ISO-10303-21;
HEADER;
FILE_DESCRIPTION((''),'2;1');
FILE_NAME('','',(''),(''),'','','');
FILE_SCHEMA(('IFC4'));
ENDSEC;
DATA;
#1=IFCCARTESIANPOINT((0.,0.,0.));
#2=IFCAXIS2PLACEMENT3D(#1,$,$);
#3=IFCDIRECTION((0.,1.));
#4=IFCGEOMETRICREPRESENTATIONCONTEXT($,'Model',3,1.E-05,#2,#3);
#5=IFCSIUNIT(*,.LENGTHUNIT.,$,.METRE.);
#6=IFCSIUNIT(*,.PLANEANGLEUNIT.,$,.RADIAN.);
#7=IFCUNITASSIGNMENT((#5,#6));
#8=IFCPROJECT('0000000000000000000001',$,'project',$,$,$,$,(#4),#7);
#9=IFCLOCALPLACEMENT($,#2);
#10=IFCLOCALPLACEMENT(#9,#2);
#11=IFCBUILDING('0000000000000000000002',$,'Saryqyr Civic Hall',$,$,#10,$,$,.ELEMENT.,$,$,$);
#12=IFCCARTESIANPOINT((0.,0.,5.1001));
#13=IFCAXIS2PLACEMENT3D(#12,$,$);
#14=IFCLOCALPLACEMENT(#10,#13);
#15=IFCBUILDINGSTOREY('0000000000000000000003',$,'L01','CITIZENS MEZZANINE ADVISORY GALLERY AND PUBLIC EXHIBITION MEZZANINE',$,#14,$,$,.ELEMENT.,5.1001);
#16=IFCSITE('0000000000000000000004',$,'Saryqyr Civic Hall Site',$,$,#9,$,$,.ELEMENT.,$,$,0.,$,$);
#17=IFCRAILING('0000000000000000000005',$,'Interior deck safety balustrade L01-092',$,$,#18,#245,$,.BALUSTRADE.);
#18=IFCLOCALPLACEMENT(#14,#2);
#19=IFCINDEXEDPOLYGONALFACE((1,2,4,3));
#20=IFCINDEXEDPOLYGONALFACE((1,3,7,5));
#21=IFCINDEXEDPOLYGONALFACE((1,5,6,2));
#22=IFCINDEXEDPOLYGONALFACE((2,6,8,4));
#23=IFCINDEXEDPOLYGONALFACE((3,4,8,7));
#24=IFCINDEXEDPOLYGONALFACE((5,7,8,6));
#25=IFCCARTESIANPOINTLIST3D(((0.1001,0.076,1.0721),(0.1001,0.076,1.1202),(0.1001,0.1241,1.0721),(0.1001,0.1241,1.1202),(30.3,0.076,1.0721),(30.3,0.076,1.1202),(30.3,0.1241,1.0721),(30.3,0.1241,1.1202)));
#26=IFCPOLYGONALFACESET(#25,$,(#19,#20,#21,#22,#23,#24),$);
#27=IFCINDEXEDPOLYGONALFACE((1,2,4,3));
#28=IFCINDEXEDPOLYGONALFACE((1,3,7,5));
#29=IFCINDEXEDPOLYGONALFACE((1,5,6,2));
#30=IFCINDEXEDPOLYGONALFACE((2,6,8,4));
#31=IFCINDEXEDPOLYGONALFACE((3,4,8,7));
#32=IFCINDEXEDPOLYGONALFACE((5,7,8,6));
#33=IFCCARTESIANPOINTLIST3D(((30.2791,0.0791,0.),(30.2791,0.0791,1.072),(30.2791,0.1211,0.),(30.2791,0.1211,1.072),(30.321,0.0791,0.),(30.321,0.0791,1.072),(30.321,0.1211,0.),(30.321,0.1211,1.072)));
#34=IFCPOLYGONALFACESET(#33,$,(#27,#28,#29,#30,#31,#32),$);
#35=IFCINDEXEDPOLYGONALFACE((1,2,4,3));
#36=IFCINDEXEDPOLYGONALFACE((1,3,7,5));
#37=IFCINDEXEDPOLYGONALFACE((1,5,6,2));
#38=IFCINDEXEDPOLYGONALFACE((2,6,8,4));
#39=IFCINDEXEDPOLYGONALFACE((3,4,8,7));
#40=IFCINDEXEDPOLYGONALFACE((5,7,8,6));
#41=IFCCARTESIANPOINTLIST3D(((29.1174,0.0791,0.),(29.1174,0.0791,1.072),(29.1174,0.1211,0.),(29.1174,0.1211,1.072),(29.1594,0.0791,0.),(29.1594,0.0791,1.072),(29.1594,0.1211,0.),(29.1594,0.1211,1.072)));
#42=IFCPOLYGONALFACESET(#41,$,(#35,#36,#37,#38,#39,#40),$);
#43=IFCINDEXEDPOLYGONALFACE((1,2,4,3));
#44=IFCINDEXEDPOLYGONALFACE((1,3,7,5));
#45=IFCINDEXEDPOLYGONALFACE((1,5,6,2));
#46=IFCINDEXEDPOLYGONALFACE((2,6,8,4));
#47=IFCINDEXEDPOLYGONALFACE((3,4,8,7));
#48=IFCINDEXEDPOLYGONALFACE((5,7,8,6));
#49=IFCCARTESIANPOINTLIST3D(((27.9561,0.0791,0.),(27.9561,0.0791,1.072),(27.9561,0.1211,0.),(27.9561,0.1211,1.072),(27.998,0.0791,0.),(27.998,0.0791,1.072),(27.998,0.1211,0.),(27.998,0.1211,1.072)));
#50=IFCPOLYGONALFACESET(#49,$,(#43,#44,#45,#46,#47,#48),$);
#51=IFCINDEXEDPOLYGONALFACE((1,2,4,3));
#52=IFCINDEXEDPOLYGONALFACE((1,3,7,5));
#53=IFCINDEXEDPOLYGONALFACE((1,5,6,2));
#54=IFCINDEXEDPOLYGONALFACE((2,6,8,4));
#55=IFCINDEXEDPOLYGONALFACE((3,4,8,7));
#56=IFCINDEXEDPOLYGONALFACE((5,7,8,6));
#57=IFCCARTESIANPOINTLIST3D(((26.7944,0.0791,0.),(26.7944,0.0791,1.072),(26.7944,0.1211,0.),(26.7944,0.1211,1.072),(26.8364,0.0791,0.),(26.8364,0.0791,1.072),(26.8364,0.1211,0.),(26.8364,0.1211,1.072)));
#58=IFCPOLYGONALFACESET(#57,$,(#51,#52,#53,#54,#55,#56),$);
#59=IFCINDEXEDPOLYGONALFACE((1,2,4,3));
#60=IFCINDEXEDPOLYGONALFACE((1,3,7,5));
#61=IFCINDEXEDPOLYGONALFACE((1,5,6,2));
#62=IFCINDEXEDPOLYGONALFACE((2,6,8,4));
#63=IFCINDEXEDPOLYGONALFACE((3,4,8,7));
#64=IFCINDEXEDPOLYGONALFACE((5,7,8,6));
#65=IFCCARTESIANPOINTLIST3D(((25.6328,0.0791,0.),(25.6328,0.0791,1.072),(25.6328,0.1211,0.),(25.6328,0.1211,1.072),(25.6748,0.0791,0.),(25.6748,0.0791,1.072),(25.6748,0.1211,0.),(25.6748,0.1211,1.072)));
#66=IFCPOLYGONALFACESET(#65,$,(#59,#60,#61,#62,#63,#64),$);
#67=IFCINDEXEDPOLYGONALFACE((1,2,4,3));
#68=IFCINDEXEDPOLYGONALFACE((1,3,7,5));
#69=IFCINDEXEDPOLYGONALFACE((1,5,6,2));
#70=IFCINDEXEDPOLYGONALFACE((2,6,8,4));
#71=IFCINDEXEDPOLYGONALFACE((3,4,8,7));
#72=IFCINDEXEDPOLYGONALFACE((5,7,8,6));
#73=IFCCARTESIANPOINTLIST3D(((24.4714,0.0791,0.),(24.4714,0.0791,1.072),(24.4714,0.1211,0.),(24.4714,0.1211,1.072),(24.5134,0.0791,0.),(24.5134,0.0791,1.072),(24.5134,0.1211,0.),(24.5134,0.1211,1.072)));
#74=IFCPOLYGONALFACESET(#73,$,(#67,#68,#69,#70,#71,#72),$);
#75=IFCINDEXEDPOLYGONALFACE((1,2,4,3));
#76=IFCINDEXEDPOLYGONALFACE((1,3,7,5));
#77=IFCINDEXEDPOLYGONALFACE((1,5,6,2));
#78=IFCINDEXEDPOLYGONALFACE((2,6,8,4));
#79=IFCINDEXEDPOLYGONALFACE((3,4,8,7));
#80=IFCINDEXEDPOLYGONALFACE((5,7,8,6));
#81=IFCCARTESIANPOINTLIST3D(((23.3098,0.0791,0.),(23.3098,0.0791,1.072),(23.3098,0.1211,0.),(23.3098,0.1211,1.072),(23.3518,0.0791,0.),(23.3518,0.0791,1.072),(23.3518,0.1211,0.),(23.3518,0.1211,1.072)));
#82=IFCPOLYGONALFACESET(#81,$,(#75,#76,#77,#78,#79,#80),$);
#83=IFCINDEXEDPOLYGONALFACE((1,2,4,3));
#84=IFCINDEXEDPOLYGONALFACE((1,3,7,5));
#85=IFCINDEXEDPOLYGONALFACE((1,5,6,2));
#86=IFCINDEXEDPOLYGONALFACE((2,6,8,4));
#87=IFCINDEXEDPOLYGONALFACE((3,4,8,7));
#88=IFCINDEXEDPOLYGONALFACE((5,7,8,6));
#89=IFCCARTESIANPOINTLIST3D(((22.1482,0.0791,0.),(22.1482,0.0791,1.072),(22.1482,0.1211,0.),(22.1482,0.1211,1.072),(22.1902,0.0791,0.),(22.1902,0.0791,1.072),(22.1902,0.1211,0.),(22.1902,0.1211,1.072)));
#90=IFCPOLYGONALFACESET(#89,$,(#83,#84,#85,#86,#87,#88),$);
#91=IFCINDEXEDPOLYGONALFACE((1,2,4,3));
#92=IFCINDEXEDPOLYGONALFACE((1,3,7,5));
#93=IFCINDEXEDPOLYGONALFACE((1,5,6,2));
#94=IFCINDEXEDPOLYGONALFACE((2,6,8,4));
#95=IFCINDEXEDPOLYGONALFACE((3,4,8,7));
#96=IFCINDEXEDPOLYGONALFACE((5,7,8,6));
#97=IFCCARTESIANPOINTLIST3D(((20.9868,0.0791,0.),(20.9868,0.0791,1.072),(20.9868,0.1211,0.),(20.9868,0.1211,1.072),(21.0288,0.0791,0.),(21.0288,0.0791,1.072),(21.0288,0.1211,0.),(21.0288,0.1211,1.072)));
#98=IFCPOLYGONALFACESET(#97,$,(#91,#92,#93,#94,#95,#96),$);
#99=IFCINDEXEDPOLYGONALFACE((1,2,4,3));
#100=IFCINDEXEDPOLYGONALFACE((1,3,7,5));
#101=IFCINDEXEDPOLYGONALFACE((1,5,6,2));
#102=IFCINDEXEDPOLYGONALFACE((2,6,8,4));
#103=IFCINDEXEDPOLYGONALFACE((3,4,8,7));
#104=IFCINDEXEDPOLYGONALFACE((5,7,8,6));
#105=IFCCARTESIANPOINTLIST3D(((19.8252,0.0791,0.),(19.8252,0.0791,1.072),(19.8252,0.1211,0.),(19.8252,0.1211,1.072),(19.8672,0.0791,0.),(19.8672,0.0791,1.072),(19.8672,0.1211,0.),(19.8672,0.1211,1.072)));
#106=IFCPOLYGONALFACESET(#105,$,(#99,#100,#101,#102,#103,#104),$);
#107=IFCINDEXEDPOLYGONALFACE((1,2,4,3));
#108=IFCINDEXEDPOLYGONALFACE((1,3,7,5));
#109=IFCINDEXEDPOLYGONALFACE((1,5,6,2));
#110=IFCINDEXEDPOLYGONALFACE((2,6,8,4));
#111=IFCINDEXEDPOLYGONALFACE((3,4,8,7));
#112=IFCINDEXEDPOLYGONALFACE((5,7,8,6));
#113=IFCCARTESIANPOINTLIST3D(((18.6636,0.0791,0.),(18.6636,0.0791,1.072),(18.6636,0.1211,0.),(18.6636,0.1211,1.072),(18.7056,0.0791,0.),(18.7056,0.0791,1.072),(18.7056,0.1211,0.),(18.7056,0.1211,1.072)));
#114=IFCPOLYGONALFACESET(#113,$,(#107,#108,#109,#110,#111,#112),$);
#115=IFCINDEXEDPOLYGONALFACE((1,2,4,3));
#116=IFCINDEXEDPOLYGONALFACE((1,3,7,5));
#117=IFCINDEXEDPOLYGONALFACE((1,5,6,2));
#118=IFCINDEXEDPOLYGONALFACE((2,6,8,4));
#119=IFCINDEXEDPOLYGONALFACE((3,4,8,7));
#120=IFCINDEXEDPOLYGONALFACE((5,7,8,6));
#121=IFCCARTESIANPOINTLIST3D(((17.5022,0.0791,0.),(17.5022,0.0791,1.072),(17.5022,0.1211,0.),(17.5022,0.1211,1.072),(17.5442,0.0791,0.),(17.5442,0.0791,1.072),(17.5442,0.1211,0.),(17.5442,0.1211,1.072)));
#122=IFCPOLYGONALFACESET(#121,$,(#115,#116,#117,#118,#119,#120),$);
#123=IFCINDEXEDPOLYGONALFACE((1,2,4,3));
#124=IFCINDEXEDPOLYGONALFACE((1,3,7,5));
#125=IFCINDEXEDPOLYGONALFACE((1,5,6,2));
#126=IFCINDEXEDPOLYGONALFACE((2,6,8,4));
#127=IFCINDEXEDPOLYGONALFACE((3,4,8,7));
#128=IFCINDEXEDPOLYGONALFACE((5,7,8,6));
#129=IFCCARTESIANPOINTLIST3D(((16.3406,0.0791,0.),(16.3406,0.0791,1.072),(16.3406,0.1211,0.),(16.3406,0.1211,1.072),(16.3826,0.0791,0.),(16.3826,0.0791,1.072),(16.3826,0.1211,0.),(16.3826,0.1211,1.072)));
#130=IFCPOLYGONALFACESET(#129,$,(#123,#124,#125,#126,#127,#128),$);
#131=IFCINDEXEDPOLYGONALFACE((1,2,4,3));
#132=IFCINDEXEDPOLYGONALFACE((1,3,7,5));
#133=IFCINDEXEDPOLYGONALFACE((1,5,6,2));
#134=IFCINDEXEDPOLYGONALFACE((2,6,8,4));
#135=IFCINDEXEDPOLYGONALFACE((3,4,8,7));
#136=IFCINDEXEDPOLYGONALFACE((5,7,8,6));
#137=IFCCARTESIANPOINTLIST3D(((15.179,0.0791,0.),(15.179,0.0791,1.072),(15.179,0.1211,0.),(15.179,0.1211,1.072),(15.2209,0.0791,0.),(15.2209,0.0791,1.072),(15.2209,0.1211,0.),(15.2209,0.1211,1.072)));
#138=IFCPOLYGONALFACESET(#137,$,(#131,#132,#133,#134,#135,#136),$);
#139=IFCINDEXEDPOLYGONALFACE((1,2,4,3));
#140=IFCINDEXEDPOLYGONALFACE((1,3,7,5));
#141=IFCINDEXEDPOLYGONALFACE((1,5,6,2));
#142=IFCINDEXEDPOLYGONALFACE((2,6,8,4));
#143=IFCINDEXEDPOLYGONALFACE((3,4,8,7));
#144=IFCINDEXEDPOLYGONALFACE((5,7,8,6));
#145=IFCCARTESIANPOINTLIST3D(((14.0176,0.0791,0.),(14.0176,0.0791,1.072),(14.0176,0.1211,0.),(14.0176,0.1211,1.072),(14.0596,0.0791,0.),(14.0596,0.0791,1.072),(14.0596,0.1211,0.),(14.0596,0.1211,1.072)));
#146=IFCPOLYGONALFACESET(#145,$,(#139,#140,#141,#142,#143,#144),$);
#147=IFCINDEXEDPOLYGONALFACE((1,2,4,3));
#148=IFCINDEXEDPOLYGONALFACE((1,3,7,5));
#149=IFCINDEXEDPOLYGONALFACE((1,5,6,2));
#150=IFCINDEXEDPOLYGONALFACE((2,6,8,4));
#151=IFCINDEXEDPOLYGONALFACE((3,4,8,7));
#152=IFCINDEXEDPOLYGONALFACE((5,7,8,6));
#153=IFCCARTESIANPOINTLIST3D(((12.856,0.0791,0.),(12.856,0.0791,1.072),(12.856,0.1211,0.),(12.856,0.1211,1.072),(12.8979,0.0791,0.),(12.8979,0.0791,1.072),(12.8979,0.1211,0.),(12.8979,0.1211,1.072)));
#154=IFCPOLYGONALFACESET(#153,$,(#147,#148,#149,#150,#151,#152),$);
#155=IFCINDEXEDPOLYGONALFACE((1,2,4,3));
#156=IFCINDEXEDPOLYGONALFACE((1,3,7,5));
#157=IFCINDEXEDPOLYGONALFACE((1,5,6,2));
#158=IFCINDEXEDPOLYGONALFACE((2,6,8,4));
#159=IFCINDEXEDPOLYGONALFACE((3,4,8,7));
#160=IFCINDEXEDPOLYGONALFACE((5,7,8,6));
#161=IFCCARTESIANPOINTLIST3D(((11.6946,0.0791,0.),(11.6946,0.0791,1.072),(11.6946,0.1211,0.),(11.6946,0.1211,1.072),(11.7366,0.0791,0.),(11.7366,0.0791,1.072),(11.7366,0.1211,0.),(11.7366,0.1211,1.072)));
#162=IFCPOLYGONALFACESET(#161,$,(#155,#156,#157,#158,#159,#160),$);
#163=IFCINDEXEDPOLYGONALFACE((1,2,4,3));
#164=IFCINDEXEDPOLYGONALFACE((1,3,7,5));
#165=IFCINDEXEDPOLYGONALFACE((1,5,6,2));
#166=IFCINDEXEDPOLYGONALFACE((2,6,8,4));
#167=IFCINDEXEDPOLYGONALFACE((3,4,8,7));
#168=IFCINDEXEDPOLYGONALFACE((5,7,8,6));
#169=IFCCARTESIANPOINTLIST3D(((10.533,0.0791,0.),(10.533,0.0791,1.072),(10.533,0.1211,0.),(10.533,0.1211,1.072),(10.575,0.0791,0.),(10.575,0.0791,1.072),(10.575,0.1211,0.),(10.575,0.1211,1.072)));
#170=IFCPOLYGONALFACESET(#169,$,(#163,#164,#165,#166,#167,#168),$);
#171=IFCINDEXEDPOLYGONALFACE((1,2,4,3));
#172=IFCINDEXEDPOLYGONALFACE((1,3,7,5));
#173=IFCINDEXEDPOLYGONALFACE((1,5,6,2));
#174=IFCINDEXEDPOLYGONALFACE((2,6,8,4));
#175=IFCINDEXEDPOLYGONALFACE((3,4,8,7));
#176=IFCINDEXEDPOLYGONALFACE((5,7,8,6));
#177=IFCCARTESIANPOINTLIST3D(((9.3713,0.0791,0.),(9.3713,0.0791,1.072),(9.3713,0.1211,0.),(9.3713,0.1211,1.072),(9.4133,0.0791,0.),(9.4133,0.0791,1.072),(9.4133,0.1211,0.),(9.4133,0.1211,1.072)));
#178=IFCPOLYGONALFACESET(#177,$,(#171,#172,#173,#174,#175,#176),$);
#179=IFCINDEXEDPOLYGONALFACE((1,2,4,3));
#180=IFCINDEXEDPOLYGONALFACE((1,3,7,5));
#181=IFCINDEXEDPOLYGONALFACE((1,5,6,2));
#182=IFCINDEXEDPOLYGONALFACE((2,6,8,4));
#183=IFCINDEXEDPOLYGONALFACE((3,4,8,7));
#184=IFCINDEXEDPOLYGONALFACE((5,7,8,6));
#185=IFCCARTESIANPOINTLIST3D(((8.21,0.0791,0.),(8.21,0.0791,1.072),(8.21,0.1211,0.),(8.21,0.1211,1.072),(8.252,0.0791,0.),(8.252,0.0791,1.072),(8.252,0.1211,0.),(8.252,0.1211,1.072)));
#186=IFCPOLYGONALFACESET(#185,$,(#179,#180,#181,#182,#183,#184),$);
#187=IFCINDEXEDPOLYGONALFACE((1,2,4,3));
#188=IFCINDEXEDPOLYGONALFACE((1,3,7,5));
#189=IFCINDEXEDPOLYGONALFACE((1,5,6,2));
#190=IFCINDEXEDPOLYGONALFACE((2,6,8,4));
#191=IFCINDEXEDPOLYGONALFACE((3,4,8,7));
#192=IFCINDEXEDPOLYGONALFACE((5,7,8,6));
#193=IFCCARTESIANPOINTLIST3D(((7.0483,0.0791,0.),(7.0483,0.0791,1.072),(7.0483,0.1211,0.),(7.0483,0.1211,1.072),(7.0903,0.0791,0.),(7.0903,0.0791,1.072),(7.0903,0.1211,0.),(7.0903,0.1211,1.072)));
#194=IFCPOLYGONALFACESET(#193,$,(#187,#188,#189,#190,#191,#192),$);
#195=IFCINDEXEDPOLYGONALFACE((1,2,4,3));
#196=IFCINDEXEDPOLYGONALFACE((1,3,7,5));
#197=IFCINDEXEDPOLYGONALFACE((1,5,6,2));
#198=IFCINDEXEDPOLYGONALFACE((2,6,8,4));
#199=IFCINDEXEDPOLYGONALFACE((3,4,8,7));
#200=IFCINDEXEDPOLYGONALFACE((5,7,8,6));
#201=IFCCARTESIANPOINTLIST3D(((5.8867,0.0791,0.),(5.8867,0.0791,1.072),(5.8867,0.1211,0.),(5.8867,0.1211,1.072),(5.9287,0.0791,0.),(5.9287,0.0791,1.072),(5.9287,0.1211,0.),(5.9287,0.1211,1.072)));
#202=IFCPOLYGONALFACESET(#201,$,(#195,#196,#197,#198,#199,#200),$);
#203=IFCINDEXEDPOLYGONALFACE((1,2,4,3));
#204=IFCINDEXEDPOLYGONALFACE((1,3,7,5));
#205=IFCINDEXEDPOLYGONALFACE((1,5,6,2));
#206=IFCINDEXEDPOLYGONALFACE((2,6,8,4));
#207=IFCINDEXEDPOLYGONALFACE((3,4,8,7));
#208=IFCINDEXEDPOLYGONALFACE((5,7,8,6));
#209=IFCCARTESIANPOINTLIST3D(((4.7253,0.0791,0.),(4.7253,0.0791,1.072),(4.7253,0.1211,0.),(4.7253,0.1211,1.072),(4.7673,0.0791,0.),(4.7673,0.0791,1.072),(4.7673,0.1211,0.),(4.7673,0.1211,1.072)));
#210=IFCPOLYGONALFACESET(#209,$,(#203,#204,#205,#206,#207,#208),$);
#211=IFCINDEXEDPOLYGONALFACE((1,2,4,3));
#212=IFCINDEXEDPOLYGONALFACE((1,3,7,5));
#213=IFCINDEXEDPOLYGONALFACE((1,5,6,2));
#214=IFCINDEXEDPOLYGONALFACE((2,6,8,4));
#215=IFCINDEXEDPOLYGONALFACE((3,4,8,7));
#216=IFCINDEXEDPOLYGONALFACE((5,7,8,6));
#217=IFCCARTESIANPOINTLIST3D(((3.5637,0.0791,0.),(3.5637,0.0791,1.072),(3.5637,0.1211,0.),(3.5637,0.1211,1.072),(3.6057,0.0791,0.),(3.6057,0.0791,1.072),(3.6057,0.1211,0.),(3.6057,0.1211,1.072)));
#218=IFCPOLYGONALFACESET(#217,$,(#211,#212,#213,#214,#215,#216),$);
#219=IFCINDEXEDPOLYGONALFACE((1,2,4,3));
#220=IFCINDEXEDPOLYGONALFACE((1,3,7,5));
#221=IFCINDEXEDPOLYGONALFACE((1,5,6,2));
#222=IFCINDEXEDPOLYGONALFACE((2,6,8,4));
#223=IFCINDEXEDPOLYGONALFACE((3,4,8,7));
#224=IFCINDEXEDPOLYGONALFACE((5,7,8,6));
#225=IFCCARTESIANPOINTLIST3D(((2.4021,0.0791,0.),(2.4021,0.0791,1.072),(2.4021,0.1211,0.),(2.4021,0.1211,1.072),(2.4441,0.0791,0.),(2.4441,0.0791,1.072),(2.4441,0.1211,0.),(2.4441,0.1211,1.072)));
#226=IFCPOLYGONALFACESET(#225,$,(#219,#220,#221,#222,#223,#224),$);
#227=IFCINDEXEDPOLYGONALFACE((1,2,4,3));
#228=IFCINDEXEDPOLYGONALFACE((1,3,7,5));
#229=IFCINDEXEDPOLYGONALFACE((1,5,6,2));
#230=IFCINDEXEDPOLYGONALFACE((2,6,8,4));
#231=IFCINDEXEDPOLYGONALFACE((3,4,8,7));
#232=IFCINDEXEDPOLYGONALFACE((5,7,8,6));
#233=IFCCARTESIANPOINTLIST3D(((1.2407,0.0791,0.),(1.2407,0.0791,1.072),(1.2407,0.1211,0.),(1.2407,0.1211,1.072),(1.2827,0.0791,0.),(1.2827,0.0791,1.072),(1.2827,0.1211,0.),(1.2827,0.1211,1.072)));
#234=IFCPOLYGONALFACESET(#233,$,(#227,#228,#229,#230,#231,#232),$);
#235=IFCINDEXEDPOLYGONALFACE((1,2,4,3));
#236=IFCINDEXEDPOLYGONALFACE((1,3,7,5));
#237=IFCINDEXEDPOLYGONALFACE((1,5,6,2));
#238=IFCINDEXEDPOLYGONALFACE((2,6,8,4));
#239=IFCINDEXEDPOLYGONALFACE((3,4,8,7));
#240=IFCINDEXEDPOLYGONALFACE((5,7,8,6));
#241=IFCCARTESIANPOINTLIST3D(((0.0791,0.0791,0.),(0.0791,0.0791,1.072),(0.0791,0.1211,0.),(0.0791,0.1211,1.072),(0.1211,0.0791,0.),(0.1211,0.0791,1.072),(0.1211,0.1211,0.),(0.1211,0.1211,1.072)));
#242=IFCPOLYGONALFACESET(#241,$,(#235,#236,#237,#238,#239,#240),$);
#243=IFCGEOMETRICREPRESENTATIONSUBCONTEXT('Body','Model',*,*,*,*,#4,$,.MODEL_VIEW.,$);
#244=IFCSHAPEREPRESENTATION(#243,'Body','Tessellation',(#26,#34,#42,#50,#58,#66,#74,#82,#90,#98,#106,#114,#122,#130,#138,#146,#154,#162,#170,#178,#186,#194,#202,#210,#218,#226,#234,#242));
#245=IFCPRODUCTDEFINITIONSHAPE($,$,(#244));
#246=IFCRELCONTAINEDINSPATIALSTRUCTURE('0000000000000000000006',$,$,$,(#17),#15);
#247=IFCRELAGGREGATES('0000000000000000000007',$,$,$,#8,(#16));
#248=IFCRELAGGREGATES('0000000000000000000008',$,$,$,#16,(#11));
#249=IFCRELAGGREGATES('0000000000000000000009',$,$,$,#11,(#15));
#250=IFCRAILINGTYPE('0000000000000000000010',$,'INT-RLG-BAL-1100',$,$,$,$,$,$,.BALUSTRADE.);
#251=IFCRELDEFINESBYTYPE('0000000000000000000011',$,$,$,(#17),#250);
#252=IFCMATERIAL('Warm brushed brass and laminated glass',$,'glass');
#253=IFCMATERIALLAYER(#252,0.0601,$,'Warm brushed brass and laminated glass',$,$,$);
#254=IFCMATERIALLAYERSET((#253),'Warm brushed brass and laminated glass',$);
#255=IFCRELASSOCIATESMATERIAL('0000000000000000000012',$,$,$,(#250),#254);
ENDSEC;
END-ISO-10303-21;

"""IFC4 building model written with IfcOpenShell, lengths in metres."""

from ifc_helpers import new_model, si_unit, direction, frame, origin, origin_2d, place, context, subcontext, project, spatial, rectangle, extrude, material, layer, layer_set, type_object, element, save


model = new_model("IFC4")

# Units and contexts
model_context = context("Model", 3, precision=1e-05, world=origin(), true_north=direction((0.0, 1.0)))
body_context = subcontext(model_context, "Body", "Model", "MODEL_VIEW")
ifc_project = project(units=[si_unit("LENGTHUNIT", "METRE"), si_unit("PLANEANGLEUNIT", "RADIAN")], contexts=[model_context])

# Site, building, storey
site_placement = place(None, origin())
site = spatial("IfcSite", under=ifc_project, at=site_placement, Name="Saryqyr Civic Hall Site", CompositionType="ELEMENT", RefElevation=0.0)
building_placement = place(site_placement, origin())
building = spatial("IfcBuilding", under=site, at=building_placement, Name="Saryqyr Civic Hall", CompositionType="ELEMENT")
storey_placement = place(building_placement, frame((0.0, 0.0, 5.1001)))
storey = spatial("IfcBuildingStorey", under=building, at=storey_placement, Name="L01", Description="CITIZENS MEZZANINE ADVISORY GALLERY AND PUBLIC EXHIBITION MEZZANINE", CompositionType="ELEMENT", Elevation=5.1001)

# Railing
ifc_material_1 = material(Name="Warm brushed brass and laminated glass", Category="glass")
ifc_layer_1 = layer(ifc_material_1, 0.0601, Name="Warm brushed brass and laminated glass")
ifc_layer_set_1 = layer_set([ifc_layer_1], Name="Warm brushed brass and laminated glass")
railing_type = type_object("IfcRailingType", Name="INT-RLG-BAL-1100", PredefinedType="BALUSTRADE", material=ifc_layer_set_1)
railing_1_placement = place(storey_placement, frame((30.3, 0.1001, 0.0)))
element("IfcRailing", 1, at=railing_1_placement, inside=storey, type_object=railing_type, Name="Interior deck safety balustrade L01-092", PredefinedType="BALUSTRADE", context=body_context, shape_type="SweptSolid", body=[
    extrude(rectangle(XDim=0.0481, YDim=0.0481, at=origin_2d()), frame((0.0, 0.0, 1.0962), z_axis=(-1.0, 0.0, 0.0), x_axis=(0.0, -1.0, 0.0)), (0.0, 0.0, 1.0), 30.2),
    extrude(rectangle(XDim=0.042, YDim=0.042, at=origin_2d()), origin(), (0.0, 0.0, 1.0), 1.072),
    extrude(rectangle(XDim=0.042, YDim=0.042, at=origin_2d()), frame((-1.1616, 0.0, 0.0)), (0.0, 0.0, 1.0), 1.072),
    extrude(rectangle(XDim=0.042, YDim=0.042, at=origin_2d()), frame((-2.323, 0.0, 0.0)), (0.0, 0.0, 1.0), 1.072),
    extrude(rectangle(XDim=0.042, YDim=0.042, at=origin_2d()), frame((-3.4846, 0.0, 0.0)), (0.0, 0.0, 1.0), 1.072),
    extrude(rectangle(XDim=0.042, YDim=0.042, at=origin_2d()), frame((-4.6462, 0.0, 0.0)), (0.0, 0.0, 1.0), 1.072),
    extrude(rectangle(XDim=0.042, YDim=0.042, at=origin_2d()), frame((-5.8076, 0.0, 0.0)), (0.0, 0.0, 1.0), 1.072),
    extrude(rectangle(XDim=0.042, YDim=0.042, at=origin_2d()), frame((-6.9692, 0.0, 0.0)), (0.0, 0.0, 1.0), 1.072),
    extrude(rectangle(XDim=0.042, YDim=0.042, at=origin_2d()), frame((-8.1309, 0.0, 0.0)), (0.0, 0.0, 1.0), 1.072),
    extrude(rectangle(XDim=0.042, YDim=0.042, at=origin_2d()), frame((-9.2922, 0.0, 0.0)), (0.0, 0.0, 1.0), 1.072),
    extrude(rectangle(XDim=0.042, YDim=0.042, at=origin_2d()), frame((-10.4539, 0.0, 0.0)), (0.0, 0.0, 1.0), 1.072),
    extrude(rectangle(XDim=0.042, YDim=0.042, at=origin_2d()), frame((-11.6155, 0.0, 0.0)), (0.0, 0.0, 1.0), 1.072),
    extrude(rectangle(XDim=0.042, YDim=0.042, at=origin_2d()), frame((-12.7769, 0.0, 0.0)), (0.0, 0.0, 1.0), 1.072),
    extrude(rectangle(XDim=0.042, YDim=0.042, at=origin_2d()), frame((-13.9385, 0.0, 0.0)), (0.0, 0.0, 1.0), 1.072),
    extrude(rectangle(XDim=0.042, YDim=0.042, at=origin_2d()), frame((-15.1001, 0.0, 0.0)), (0.0, 0.0, 1.0), 1.072),
    extrude(rectangle(XDim=0.042, YDim=0.042, at=origin_2d()), frame((-16.2615, 0.0, 0.0)), (0.0, 0.0, 1.0), 1.072),
    extrude(rectangle(XDim=0.042, YDim=0.042, at=origin_2d()), frame((-17.4231, 0.0, 0.0)), (0.0, 0.0, 1.0), 1.072),
    extrude(rectangle(XDim=0.042, YDim=0.042, at=origin_2d()), frame((-18.5845, 0.0, 0.0)), (0.0, 0.0, 1.0), 1.072),
    extrude(rectangle(XDim=0.042, YDim=0.042, at=origin_2d()), frame((-19.7461, 0.0, 0.0)), (0.0, 0.0, 1.0), 1.072),
    extrude(rectangle(XDim=0.042, YDim=0.042, at=origin_2d()), frame((-20.9077, 0.0, 0.0)), (0.0, 0.0, 1.0), 1.072),
    extrude(rectangle(XDim=0.042, YDim=0.042, at=origin_2d()), frame((-22.0691, 0.0, 0.0)), (0.0, 0.0, 1.0), 1.072),
    extrude(rectangle(XDim=0.042, YDim=0.042, at=origin_2d()), frame((-23.2307, 0.0, 0.0)), (0.0, 0.0, 1.0), 1.072),
    extrude(rectangle(XDim=0.042, YDim=0.042, at=origin_2d()), frame((-24.3923, 0.0, 0.0)), (0.0, 0.0, 1.0), 1.072),
    extrude(rectangle(XDim=0.042, YDim=0.042, at=origin_2d()), frame((-25.5537, 0.0, 0.0)), (0.0, 0.0, 1.0), 1.072),
    extrude(rectangle(XDim=0.042, YDim=0.042, at=origin_2d()), frame((-26.7153, 0.0, 0.0)), (0.0, 0.0, 1.0), 1.072),
    extrude(rectangle(XDim=0.042, YDim=0.042, at=origin_2d()), frame((-27.877, 0.0, 0.0)), (0.0, 0.0, 1.0), 1.072),
    extrude(rectangle(XDim=0.042, YDim=0.042, at=origin_2d()), frame((-29.0383, 0.0, 0.0)), (0.0, 0.0, 1.0), 1.072),
    extrude(rectangle(XDim=0.042, YDim=0.042, at=origin_2d()), frame((-30.2, 0.0, 0.0)), (0.0, 0.0, 1.0), 1.072),
])

save(model, "model.ifc")
